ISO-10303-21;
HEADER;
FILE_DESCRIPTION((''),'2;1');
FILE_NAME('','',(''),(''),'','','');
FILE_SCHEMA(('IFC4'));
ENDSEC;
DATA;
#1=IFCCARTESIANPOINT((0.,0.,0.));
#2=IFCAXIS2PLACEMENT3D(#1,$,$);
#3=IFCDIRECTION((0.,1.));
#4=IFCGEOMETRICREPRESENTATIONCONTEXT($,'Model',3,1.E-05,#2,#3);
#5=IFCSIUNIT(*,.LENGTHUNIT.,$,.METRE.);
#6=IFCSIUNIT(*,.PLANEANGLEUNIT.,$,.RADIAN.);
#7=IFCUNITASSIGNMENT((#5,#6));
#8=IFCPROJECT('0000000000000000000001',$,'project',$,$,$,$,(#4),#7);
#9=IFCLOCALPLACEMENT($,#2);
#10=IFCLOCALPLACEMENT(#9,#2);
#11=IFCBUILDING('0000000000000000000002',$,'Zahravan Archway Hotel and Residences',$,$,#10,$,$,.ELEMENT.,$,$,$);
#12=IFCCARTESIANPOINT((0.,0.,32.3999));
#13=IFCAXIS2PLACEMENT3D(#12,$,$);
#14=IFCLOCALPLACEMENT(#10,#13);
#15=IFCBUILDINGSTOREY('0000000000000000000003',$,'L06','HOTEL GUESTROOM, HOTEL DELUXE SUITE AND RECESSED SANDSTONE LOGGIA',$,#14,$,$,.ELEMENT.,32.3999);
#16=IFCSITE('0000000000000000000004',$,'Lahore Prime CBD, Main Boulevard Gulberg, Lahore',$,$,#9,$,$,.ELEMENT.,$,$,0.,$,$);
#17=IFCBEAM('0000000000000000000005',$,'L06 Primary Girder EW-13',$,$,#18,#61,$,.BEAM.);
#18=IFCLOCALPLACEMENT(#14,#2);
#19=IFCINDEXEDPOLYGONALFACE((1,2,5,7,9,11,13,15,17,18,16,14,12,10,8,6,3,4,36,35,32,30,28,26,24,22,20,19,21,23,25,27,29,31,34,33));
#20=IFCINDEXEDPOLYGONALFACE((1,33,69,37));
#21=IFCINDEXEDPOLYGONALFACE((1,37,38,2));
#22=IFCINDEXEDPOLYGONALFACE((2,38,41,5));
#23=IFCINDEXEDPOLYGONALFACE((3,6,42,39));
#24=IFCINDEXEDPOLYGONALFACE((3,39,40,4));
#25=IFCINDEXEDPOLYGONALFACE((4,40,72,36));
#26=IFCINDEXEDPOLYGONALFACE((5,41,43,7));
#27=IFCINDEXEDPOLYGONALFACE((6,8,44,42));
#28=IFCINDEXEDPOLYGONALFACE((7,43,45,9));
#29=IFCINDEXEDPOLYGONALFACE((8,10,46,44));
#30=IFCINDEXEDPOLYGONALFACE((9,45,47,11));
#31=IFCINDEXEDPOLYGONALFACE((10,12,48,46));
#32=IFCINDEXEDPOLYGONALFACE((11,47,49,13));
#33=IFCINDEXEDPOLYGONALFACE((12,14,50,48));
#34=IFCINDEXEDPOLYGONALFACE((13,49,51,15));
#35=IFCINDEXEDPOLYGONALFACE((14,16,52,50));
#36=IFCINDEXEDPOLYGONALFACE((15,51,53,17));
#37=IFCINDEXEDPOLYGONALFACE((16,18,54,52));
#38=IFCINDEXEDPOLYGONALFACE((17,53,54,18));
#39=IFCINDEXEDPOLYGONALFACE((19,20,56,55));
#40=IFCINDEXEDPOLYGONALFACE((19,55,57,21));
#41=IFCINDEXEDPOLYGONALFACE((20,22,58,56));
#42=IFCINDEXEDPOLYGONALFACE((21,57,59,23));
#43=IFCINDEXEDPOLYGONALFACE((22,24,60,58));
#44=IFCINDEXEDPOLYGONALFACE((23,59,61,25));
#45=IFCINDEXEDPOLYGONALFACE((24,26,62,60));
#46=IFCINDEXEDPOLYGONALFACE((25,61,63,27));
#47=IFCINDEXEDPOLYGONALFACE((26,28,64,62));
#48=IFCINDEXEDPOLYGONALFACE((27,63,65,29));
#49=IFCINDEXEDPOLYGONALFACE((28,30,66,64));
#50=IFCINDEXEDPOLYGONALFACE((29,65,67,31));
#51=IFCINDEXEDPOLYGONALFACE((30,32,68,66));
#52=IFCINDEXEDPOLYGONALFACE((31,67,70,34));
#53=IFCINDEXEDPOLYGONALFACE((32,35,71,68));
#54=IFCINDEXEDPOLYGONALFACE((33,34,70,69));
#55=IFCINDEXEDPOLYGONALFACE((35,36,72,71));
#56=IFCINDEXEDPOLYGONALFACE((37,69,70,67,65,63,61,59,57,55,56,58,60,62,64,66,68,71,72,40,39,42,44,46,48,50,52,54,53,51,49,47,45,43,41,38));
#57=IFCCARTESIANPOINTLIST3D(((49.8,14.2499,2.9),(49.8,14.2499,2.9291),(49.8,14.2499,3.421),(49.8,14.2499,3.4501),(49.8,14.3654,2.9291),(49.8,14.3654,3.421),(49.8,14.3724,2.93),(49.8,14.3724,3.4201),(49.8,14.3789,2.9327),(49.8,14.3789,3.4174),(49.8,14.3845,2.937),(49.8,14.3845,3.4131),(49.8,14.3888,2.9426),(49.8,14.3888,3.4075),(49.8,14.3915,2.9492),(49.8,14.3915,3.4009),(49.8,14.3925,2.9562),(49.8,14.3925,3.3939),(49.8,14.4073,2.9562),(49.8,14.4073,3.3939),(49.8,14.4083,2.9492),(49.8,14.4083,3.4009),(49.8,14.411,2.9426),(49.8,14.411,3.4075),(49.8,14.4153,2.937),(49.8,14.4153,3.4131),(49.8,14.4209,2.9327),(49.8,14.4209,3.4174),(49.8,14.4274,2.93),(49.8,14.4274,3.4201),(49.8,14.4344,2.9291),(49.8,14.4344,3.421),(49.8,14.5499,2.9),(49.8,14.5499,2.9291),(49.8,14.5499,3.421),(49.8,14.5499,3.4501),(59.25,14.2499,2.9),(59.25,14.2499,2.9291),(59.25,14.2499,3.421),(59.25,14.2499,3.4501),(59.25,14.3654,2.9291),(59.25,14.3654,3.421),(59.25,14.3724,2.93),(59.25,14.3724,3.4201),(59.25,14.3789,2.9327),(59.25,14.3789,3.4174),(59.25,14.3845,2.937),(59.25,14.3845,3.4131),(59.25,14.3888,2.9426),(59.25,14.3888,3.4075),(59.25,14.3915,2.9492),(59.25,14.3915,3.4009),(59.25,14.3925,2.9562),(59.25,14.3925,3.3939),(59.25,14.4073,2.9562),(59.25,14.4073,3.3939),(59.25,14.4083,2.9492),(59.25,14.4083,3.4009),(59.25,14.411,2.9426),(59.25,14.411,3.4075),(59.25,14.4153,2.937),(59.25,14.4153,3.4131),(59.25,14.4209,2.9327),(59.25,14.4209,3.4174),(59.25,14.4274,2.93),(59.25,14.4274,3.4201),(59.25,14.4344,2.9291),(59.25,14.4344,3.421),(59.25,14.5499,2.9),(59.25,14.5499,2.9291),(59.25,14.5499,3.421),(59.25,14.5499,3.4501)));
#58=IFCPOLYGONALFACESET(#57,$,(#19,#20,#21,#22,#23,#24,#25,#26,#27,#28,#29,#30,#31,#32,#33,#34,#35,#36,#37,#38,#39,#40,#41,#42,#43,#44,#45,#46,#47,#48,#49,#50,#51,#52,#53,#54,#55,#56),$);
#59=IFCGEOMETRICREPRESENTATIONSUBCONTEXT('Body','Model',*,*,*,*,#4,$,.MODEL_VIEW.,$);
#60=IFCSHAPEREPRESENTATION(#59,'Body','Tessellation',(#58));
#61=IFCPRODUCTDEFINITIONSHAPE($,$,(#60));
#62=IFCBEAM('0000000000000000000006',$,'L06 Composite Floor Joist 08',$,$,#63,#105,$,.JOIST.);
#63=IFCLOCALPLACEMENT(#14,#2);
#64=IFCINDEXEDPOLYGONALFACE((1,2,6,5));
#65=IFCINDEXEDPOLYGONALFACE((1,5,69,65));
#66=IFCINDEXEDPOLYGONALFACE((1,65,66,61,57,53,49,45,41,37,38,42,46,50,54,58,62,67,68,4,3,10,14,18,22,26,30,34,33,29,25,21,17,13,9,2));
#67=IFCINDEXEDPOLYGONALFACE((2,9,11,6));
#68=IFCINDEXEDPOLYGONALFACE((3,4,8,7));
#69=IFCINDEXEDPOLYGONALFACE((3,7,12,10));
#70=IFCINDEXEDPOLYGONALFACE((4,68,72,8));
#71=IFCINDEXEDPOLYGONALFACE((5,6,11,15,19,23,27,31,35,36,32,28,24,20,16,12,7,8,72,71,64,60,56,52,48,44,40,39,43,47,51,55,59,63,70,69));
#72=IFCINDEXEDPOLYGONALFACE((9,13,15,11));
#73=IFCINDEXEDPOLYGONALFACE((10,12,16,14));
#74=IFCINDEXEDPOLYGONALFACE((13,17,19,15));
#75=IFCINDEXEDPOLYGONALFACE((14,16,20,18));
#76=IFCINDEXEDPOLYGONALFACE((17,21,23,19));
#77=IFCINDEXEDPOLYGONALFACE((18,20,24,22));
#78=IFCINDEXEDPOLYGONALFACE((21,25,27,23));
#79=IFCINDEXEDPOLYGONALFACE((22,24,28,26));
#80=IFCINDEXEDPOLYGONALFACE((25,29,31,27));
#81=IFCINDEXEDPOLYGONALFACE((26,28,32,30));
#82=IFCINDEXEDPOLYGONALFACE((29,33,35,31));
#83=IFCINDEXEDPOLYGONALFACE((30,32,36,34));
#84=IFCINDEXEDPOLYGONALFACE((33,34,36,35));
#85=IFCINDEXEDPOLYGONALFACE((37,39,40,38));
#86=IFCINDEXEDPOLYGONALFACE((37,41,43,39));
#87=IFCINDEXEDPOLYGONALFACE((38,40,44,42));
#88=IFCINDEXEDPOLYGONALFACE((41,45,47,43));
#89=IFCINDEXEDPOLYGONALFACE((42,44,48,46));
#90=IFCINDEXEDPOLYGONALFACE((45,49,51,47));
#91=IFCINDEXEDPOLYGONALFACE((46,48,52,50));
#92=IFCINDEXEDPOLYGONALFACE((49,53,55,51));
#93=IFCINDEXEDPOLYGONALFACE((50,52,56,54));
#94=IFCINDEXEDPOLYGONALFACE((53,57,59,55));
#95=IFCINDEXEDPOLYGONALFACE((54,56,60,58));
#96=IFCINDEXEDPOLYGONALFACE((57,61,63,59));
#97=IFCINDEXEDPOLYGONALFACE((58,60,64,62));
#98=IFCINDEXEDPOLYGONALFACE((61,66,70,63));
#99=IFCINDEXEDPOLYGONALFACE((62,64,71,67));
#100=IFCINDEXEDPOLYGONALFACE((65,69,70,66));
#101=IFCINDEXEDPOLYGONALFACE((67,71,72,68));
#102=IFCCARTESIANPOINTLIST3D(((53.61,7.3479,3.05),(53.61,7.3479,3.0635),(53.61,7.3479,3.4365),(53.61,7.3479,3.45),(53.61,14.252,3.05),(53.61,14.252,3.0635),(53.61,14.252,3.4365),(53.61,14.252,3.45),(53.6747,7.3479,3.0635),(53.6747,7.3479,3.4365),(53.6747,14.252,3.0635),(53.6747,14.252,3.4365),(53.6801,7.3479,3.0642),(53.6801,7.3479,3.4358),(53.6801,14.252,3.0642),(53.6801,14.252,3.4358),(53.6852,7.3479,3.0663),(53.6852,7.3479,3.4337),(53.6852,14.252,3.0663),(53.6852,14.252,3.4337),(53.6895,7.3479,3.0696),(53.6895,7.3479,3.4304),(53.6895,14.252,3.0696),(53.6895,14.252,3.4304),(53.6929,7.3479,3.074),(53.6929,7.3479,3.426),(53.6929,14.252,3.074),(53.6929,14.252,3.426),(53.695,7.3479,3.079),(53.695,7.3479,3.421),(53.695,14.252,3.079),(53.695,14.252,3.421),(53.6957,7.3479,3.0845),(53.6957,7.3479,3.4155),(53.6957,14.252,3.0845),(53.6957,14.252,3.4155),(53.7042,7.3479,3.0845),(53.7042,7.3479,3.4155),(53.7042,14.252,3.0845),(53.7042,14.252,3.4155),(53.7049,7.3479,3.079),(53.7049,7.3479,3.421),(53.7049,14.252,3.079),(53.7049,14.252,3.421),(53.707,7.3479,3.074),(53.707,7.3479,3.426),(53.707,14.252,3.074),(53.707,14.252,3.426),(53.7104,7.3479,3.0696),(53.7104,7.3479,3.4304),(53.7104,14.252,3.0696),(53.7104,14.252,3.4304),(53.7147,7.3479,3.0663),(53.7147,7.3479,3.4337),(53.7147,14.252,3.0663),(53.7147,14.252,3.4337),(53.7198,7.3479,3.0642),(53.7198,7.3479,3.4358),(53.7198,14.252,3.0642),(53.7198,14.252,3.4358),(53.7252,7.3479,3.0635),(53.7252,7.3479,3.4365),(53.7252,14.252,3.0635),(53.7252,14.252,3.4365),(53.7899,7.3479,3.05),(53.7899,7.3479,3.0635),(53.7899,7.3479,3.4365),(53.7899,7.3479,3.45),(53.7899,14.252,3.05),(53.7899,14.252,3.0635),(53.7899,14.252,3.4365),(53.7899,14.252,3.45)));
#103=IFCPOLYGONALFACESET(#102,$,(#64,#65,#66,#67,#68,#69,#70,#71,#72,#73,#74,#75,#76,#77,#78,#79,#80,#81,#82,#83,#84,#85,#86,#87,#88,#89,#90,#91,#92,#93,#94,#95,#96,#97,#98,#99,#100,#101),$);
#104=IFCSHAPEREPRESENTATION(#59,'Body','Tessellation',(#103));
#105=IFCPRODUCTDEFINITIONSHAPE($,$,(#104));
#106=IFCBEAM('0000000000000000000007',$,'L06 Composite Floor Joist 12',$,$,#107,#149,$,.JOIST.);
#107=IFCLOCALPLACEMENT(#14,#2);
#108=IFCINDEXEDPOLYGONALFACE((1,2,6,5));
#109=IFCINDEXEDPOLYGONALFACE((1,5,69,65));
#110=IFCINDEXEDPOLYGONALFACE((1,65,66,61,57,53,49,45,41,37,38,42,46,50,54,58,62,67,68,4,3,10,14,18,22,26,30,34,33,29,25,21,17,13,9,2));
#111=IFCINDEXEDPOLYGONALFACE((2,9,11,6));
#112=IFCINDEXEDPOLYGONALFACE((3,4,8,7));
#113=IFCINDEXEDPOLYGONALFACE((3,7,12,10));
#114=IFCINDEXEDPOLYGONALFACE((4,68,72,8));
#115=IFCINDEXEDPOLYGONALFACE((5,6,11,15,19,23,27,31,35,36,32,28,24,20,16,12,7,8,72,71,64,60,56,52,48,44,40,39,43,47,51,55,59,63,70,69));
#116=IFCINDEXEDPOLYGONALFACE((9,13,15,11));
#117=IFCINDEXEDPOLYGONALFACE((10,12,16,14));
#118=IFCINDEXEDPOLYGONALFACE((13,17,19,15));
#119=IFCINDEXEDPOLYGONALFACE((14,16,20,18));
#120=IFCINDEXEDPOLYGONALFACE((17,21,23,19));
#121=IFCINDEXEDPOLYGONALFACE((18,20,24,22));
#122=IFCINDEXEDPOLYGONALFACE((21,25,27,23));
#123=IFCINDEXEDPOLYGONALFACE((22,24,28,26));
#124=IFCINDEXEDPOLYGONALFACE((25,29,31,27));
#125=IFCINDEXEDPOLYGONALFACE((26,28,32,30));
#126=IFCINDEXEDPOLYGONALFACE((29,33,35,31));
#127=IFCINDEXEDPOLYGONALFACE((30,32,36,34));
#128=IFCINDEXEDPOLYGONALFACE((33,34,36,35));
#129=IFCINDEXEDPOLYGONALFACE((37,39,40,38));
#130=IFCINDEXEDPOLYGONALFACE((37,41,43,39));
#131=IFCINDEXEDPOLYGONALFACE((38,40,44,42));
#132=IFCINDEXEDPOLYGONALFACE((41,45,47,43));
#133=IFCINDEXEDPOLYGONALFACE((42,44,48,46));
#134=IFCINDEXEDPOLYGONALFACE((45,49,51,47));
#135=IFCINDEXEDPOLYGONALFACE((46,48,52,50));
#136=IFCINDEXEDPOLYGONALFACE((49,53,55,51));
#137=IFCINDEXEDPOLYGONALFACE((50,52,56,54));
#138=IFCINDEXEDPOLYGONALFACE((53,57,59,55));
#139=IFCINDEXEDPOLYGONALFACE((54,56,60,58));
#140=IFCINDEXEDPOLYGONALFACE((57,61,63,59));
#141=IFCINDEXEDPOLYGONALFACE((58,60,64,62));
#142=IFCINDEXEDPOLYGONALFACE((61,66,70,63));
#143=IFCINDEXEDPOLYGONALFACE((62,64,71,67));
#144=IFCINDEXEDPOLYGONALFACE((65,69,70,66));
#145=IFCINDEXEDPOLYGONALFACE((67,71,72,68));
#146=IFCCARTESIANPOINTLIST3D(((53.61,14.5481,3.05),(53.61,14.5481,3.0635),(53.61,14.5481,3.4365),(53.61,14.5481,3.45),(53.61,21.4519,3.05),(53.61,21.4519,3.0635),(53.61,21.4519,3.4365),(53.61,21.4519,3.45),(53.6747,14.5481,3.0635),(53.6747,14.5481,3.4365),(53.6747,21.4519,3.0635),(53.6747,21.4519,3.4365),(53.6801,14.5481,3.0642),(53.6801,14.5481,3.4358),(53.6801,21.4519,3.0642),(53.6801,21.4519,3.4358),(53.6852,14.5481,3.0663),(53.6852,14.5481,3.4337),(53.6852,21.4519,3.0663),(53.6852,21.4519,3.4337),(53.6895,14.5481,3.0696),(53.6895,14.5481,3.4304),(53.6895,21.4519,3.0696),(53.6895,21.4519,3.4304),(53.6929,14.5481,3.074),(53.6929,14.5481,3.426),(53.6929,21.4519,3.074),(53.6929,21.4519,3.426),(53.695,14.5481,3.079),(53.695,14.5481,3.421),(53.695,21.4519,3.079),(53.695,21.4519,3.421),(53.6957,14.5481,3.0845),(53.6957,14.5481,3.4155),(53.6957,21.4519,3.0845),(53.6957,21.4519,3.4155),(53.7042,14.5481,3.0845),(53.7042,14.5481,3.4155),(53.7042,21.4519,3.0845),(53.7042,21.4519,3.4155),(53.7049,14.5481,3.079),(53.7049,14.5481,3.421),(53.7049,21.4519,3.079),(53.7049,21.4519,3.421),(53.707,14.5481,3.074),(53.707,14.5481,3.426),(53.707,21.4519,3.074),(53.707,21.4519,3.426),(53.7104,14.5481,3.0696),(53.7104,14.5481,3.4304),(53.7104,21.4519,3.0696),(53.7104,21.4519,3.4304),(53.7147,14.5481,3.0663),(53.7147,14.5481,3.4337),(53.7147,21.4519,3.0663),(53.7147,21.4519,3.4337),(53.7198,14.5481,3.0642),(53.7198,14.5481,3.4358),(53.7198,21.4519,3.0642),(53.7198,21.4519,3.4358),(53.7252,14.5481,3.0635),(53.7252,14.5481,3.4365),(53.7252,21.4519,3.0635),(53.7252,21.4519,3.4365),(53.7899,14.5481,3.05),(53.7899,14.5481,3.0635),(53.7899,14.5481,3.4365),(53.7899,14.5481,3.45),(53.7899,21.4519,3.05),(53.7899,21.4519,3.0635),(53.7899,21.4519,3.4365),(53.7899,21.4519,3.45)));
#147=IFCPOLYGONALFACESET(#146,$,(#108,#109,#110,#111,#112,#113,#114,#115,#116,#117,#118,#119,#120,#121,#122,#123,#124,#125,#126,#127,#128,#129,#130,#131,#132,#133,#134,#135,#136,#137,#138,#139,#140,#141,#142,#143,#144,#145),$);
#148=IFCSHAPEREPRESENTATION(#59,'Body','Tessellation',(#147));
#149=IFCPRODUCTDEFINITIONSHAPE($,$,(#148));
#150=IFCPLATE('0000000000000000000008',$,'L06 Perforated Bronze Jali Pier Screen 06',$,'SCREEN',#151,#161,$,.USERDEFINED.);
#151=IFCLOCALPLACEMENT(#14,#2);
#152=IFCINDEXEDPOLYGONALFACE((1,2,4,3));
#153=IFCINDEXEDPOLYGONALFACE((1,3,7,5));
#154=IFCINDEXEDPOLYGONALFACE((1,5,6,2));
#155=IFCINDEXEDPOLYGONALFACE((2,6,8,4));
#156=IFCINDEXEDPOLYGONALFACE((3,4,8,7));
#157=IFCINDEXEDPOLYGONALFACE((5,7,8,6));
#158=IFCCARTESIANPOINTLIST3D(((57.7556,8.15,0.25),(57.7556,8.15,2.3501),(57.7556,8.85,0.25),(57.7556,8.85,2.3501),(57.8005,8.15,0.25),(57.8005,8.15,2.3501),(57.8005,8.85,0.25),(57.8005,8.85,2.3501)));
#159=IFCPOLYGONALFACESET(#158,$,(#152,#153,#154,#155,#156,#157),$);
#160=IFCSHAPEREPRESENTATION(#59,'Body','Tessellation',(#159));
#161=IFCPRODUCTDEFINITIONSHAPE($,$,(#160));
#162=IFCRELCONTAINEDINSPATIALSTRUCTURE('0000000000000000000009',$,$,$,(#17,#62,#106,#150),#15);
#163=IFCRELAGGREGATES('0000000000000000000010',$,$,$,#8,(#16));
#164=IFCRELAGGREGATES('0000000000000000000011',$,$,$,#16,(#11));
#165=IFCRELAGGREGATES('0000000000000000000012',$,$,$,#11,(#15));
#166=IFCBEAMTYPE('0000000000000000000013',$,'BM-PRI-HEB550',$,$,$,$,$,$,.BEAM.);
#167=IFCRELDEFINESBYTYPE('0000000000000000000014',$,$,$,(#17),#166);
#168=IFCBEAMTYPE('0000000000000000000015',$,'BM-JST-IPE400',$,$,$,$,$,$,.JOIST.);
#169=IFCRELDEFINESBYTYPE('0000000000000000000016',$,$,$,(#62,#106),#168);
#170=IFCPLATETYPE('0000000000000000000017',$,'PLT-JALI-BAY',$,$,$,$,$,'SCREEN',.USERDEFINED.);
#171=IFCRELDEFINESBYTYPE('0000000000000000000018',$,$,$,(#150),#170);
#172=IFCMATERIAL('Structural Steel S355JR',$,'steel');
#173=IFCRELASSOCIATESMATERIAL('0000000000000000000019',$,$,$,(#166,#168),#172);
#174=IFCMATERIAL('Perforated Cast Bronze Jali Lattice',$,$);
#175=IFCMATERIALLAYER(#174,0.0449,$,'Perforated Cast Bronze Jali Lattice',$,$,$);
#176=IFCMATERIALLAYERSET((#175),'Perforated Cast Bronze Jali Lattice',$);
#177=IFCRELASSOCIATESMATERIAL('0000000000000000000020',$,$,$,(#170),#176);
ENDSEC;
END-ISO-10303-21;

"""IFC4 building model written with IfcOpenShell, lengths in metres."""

from ifc_helpers import new_model, si_unit, direction, frame, origin, origin_2d, place, context, subcontext, project, spatial, rectangle, i_section, extrude, source, transform, mapped, material, layer, layer_set, material_profile, profile_set, type_object, type_shapes, element, save


model = new_model("IFC4")

# Units and contexts
model_context = context("Model", 3, precision=1e-05, world=origin(), true_north=direction((0.0, 1.0)))
body_context = subcontext(model_context, "Body", "Model", "MODEL_VIEW")
ifc_project = project(units=[si_unit("LENGTHUNIT", "METRE"), si_unit("PLANEANGLEUNIT", "RADIAN")], contexts=[model_context])

# Site, building, storey
site_placement = place(None, origin())
site = spatial("IfcSite", under=ifc_project, at=site_placement, Name="Lahore Prime CBD, Main Boulevard Gulberg, Lahore", CompositionType="ELEMENT", RefElevation=0.0)
building_placement = place(site_placement, origin())
building = spatial("IfcBuilding", under=site, at=building_placement, Name="Zahravan Archway Hotel and Residences", CompositionType="ELEMENT")
storey_placement = place(building_placement, frame((0.0, 0.0, 32.3999)))
storey = spatial("IfcBuildingStorey", under=building, at=storey_placement, Name="L06", Description="HOTEL GUESTROOM, HOTEL DELUXE SUITE AND RECESSED SANDSTONE LOGGIA", CompositionType="ELEMENT", Elevation=32.3999)

# Beams
ifc_material_1 = material(Name="Structural Steel S355JR", Category="steel")
ifc_material_profile_1 = material_profile(ifc_material_1, i_section(OverallWidth=0.3, OverallDepth=0.55, WebThickness=0.0149, FlangeThickness=0.0291, FilletRadius=0.0271, at=origin_2d()), Name="HEB 550", Category="steel")
ifc_profile_set_1 = profile_set([ifc_material_profile_1], Name="Structural Steel S355JR")
beam_type_1 = type_object("IfcBeamType", Name="BM-PRI-HEB550", PredefinedType="BEAM", material=ifc_profile_set_1)
shared_shape_1 = source(origin(), body_context, "Body", "SweptSolid", [
    extrude(i_section(OverallWidth=0.3, OverallDepth=0.55, WebThickness=0.0149, FlangeThickness=0.0291, FilletRadius=0.0271, at=origin_2d()), origin(), (0.0, 0.0, 1.0), 9.45),
])
beam_1_placement = place(storey_placement, frame((49.8, 14.3999, 3.175), z_axis=(1.0, 0.0, 0.0), x_axis=(0.0, 1.0, 0.0)))
element("IfcBeam", 1, at=beam_1_placement, inside=storey, type_object=beam_type_1, Name="L06 Primary Girder EW-13", PredefinedType="BEAM", context=body_context, shape_type="MappedRepresentation", body=[
    mapped(shared_shape_1, transform((0.0, 0.0, 0.0), scale=1.0)),
])
ifc_material_profile_2 = material_profile(ifc_material_1, i_section(OverallWidth=0.1799, OverallDepth=0.3999, WebThickness=0.0085, FlangeThickness=0.0134, FilletRadius=0.021, at=origin_2d()), Name="IPE 400", Category="steel")
ifc_profile_set_2 = profile_set([ifc_material_profile_2], Name="Structural Steel S355JR")
beam_type_2 = type_object("IfcBeamType", Name="BM-JST-IPE400", PredefinedType="JOIST", material=ifc_profile_set_2)
shared_shape_2 = source(origin(), body_context, "Body", "SweptSolid", [
    extrude(i_section(OverallWidth=0.1799, OverallDepth=0.3999, WebThickness=0.0085, FlangeThickness=0.0134, FilletRadius=0.021, at=origin_2d()), origin(), (0.0, 0.0, 1.0), 6.9041),
])
type_shapes(beam_type_2, [shared_shape_2])
beam_2_placement = place(storey_placement, frame((53.7, 7.3479, 3.25), z_axis=(0.0, 1.0, 0.0), x_axis=(-1.0, 0.0, 0.0)))
element("IfcBeam", 2, at=beam_2_placement, inside=storey, type_object=beam_type_2, Name="L06 Composite Floor Joist 08", PredefinedType="JOIST", context=body_context, shape_type="MappedRepresentation", body=[
    mapped(shared_shape_2, transform((0.0, 0.0, 0.0), scale=1.0)),
])
shared_shape_3 = source(origin(), body_context, "Body", "SweptSolid", [
    extrude(i_section(OverallWidth=0.1799, OverallDepth=0.3999, WebThickness=0.0085, FlangeThickness=0.0134, FilletRadius=0.021, at=origin_2d()), origin(), (0.0, 0.0, 1.0), 6.9038),
])
beam_3_placement = place(storey_placement, frame((53.7, 14.5481, 3.25), z_axis=(0.0, 1.0, 0.0), x_axis=(-1.0, 0.0, 0.0)))
element("IfcBeam", 3, at=beam_3_placement, inside=storey, type_object=beam_type_2, Name="L06 Composite Floor Joist 12", PredefinedType="JOIST", context=body_context, shape_type="MappedRepresentation", body=[
    mapped(shared_shape_3, transform((0.0, 0.0, 0.0), scale=1.0)),
])

# Plate
ifc_material_2 = material(Name="Perforated Cast Bronze Jali Lattice")
ifc_layer_1 = layer(ifc_material_2, 0.0449, Name="Perforated Cast Bronze Jali Lattice")
ifc_layer_set_1 = layer_set([ifc_layer_1], Name="Perforated Cast Bronze Jali Lattice")
plate_type = type_object("IfcPlateType", Name="PLT-JALI-BAY", ElementType="SCREEN", PredefinedType="USERDEFINED", material=ifc_layer_set_1)
shared_shape_4 = source(origin(), body_context, "Body", "SweptSolid", [
    extrude(rectangle(XDim=0.7, YDim=0.0449, at=origin_2d()), origin(), (0.0, 0.0, 1.0), 2.1001),
])
type_shapes(plate_type, [shared_shape_4])
plate_placement = place(storey_placement, frame((57.7781, 8.5, 0.25), z_axis=(0.0, 0.0, 1.0), x_axis=(0.0, 1.0, 0.0)))
element("IfcPlate", 4, at=plate_placement, inside=storey, type_object=plate_type, Name="L06 Perforated Bronze Jali Pier Screen 06", ObjectType="SCREEN", PredefinedType="USERDEFINED", context=body_context, shape_type="MappedRepresentation", body=[
    mapped(shared_shape_4, transform((0.0, 0.0, 0.0), scale=1.0)),
])

save(model, "model.ifc")
